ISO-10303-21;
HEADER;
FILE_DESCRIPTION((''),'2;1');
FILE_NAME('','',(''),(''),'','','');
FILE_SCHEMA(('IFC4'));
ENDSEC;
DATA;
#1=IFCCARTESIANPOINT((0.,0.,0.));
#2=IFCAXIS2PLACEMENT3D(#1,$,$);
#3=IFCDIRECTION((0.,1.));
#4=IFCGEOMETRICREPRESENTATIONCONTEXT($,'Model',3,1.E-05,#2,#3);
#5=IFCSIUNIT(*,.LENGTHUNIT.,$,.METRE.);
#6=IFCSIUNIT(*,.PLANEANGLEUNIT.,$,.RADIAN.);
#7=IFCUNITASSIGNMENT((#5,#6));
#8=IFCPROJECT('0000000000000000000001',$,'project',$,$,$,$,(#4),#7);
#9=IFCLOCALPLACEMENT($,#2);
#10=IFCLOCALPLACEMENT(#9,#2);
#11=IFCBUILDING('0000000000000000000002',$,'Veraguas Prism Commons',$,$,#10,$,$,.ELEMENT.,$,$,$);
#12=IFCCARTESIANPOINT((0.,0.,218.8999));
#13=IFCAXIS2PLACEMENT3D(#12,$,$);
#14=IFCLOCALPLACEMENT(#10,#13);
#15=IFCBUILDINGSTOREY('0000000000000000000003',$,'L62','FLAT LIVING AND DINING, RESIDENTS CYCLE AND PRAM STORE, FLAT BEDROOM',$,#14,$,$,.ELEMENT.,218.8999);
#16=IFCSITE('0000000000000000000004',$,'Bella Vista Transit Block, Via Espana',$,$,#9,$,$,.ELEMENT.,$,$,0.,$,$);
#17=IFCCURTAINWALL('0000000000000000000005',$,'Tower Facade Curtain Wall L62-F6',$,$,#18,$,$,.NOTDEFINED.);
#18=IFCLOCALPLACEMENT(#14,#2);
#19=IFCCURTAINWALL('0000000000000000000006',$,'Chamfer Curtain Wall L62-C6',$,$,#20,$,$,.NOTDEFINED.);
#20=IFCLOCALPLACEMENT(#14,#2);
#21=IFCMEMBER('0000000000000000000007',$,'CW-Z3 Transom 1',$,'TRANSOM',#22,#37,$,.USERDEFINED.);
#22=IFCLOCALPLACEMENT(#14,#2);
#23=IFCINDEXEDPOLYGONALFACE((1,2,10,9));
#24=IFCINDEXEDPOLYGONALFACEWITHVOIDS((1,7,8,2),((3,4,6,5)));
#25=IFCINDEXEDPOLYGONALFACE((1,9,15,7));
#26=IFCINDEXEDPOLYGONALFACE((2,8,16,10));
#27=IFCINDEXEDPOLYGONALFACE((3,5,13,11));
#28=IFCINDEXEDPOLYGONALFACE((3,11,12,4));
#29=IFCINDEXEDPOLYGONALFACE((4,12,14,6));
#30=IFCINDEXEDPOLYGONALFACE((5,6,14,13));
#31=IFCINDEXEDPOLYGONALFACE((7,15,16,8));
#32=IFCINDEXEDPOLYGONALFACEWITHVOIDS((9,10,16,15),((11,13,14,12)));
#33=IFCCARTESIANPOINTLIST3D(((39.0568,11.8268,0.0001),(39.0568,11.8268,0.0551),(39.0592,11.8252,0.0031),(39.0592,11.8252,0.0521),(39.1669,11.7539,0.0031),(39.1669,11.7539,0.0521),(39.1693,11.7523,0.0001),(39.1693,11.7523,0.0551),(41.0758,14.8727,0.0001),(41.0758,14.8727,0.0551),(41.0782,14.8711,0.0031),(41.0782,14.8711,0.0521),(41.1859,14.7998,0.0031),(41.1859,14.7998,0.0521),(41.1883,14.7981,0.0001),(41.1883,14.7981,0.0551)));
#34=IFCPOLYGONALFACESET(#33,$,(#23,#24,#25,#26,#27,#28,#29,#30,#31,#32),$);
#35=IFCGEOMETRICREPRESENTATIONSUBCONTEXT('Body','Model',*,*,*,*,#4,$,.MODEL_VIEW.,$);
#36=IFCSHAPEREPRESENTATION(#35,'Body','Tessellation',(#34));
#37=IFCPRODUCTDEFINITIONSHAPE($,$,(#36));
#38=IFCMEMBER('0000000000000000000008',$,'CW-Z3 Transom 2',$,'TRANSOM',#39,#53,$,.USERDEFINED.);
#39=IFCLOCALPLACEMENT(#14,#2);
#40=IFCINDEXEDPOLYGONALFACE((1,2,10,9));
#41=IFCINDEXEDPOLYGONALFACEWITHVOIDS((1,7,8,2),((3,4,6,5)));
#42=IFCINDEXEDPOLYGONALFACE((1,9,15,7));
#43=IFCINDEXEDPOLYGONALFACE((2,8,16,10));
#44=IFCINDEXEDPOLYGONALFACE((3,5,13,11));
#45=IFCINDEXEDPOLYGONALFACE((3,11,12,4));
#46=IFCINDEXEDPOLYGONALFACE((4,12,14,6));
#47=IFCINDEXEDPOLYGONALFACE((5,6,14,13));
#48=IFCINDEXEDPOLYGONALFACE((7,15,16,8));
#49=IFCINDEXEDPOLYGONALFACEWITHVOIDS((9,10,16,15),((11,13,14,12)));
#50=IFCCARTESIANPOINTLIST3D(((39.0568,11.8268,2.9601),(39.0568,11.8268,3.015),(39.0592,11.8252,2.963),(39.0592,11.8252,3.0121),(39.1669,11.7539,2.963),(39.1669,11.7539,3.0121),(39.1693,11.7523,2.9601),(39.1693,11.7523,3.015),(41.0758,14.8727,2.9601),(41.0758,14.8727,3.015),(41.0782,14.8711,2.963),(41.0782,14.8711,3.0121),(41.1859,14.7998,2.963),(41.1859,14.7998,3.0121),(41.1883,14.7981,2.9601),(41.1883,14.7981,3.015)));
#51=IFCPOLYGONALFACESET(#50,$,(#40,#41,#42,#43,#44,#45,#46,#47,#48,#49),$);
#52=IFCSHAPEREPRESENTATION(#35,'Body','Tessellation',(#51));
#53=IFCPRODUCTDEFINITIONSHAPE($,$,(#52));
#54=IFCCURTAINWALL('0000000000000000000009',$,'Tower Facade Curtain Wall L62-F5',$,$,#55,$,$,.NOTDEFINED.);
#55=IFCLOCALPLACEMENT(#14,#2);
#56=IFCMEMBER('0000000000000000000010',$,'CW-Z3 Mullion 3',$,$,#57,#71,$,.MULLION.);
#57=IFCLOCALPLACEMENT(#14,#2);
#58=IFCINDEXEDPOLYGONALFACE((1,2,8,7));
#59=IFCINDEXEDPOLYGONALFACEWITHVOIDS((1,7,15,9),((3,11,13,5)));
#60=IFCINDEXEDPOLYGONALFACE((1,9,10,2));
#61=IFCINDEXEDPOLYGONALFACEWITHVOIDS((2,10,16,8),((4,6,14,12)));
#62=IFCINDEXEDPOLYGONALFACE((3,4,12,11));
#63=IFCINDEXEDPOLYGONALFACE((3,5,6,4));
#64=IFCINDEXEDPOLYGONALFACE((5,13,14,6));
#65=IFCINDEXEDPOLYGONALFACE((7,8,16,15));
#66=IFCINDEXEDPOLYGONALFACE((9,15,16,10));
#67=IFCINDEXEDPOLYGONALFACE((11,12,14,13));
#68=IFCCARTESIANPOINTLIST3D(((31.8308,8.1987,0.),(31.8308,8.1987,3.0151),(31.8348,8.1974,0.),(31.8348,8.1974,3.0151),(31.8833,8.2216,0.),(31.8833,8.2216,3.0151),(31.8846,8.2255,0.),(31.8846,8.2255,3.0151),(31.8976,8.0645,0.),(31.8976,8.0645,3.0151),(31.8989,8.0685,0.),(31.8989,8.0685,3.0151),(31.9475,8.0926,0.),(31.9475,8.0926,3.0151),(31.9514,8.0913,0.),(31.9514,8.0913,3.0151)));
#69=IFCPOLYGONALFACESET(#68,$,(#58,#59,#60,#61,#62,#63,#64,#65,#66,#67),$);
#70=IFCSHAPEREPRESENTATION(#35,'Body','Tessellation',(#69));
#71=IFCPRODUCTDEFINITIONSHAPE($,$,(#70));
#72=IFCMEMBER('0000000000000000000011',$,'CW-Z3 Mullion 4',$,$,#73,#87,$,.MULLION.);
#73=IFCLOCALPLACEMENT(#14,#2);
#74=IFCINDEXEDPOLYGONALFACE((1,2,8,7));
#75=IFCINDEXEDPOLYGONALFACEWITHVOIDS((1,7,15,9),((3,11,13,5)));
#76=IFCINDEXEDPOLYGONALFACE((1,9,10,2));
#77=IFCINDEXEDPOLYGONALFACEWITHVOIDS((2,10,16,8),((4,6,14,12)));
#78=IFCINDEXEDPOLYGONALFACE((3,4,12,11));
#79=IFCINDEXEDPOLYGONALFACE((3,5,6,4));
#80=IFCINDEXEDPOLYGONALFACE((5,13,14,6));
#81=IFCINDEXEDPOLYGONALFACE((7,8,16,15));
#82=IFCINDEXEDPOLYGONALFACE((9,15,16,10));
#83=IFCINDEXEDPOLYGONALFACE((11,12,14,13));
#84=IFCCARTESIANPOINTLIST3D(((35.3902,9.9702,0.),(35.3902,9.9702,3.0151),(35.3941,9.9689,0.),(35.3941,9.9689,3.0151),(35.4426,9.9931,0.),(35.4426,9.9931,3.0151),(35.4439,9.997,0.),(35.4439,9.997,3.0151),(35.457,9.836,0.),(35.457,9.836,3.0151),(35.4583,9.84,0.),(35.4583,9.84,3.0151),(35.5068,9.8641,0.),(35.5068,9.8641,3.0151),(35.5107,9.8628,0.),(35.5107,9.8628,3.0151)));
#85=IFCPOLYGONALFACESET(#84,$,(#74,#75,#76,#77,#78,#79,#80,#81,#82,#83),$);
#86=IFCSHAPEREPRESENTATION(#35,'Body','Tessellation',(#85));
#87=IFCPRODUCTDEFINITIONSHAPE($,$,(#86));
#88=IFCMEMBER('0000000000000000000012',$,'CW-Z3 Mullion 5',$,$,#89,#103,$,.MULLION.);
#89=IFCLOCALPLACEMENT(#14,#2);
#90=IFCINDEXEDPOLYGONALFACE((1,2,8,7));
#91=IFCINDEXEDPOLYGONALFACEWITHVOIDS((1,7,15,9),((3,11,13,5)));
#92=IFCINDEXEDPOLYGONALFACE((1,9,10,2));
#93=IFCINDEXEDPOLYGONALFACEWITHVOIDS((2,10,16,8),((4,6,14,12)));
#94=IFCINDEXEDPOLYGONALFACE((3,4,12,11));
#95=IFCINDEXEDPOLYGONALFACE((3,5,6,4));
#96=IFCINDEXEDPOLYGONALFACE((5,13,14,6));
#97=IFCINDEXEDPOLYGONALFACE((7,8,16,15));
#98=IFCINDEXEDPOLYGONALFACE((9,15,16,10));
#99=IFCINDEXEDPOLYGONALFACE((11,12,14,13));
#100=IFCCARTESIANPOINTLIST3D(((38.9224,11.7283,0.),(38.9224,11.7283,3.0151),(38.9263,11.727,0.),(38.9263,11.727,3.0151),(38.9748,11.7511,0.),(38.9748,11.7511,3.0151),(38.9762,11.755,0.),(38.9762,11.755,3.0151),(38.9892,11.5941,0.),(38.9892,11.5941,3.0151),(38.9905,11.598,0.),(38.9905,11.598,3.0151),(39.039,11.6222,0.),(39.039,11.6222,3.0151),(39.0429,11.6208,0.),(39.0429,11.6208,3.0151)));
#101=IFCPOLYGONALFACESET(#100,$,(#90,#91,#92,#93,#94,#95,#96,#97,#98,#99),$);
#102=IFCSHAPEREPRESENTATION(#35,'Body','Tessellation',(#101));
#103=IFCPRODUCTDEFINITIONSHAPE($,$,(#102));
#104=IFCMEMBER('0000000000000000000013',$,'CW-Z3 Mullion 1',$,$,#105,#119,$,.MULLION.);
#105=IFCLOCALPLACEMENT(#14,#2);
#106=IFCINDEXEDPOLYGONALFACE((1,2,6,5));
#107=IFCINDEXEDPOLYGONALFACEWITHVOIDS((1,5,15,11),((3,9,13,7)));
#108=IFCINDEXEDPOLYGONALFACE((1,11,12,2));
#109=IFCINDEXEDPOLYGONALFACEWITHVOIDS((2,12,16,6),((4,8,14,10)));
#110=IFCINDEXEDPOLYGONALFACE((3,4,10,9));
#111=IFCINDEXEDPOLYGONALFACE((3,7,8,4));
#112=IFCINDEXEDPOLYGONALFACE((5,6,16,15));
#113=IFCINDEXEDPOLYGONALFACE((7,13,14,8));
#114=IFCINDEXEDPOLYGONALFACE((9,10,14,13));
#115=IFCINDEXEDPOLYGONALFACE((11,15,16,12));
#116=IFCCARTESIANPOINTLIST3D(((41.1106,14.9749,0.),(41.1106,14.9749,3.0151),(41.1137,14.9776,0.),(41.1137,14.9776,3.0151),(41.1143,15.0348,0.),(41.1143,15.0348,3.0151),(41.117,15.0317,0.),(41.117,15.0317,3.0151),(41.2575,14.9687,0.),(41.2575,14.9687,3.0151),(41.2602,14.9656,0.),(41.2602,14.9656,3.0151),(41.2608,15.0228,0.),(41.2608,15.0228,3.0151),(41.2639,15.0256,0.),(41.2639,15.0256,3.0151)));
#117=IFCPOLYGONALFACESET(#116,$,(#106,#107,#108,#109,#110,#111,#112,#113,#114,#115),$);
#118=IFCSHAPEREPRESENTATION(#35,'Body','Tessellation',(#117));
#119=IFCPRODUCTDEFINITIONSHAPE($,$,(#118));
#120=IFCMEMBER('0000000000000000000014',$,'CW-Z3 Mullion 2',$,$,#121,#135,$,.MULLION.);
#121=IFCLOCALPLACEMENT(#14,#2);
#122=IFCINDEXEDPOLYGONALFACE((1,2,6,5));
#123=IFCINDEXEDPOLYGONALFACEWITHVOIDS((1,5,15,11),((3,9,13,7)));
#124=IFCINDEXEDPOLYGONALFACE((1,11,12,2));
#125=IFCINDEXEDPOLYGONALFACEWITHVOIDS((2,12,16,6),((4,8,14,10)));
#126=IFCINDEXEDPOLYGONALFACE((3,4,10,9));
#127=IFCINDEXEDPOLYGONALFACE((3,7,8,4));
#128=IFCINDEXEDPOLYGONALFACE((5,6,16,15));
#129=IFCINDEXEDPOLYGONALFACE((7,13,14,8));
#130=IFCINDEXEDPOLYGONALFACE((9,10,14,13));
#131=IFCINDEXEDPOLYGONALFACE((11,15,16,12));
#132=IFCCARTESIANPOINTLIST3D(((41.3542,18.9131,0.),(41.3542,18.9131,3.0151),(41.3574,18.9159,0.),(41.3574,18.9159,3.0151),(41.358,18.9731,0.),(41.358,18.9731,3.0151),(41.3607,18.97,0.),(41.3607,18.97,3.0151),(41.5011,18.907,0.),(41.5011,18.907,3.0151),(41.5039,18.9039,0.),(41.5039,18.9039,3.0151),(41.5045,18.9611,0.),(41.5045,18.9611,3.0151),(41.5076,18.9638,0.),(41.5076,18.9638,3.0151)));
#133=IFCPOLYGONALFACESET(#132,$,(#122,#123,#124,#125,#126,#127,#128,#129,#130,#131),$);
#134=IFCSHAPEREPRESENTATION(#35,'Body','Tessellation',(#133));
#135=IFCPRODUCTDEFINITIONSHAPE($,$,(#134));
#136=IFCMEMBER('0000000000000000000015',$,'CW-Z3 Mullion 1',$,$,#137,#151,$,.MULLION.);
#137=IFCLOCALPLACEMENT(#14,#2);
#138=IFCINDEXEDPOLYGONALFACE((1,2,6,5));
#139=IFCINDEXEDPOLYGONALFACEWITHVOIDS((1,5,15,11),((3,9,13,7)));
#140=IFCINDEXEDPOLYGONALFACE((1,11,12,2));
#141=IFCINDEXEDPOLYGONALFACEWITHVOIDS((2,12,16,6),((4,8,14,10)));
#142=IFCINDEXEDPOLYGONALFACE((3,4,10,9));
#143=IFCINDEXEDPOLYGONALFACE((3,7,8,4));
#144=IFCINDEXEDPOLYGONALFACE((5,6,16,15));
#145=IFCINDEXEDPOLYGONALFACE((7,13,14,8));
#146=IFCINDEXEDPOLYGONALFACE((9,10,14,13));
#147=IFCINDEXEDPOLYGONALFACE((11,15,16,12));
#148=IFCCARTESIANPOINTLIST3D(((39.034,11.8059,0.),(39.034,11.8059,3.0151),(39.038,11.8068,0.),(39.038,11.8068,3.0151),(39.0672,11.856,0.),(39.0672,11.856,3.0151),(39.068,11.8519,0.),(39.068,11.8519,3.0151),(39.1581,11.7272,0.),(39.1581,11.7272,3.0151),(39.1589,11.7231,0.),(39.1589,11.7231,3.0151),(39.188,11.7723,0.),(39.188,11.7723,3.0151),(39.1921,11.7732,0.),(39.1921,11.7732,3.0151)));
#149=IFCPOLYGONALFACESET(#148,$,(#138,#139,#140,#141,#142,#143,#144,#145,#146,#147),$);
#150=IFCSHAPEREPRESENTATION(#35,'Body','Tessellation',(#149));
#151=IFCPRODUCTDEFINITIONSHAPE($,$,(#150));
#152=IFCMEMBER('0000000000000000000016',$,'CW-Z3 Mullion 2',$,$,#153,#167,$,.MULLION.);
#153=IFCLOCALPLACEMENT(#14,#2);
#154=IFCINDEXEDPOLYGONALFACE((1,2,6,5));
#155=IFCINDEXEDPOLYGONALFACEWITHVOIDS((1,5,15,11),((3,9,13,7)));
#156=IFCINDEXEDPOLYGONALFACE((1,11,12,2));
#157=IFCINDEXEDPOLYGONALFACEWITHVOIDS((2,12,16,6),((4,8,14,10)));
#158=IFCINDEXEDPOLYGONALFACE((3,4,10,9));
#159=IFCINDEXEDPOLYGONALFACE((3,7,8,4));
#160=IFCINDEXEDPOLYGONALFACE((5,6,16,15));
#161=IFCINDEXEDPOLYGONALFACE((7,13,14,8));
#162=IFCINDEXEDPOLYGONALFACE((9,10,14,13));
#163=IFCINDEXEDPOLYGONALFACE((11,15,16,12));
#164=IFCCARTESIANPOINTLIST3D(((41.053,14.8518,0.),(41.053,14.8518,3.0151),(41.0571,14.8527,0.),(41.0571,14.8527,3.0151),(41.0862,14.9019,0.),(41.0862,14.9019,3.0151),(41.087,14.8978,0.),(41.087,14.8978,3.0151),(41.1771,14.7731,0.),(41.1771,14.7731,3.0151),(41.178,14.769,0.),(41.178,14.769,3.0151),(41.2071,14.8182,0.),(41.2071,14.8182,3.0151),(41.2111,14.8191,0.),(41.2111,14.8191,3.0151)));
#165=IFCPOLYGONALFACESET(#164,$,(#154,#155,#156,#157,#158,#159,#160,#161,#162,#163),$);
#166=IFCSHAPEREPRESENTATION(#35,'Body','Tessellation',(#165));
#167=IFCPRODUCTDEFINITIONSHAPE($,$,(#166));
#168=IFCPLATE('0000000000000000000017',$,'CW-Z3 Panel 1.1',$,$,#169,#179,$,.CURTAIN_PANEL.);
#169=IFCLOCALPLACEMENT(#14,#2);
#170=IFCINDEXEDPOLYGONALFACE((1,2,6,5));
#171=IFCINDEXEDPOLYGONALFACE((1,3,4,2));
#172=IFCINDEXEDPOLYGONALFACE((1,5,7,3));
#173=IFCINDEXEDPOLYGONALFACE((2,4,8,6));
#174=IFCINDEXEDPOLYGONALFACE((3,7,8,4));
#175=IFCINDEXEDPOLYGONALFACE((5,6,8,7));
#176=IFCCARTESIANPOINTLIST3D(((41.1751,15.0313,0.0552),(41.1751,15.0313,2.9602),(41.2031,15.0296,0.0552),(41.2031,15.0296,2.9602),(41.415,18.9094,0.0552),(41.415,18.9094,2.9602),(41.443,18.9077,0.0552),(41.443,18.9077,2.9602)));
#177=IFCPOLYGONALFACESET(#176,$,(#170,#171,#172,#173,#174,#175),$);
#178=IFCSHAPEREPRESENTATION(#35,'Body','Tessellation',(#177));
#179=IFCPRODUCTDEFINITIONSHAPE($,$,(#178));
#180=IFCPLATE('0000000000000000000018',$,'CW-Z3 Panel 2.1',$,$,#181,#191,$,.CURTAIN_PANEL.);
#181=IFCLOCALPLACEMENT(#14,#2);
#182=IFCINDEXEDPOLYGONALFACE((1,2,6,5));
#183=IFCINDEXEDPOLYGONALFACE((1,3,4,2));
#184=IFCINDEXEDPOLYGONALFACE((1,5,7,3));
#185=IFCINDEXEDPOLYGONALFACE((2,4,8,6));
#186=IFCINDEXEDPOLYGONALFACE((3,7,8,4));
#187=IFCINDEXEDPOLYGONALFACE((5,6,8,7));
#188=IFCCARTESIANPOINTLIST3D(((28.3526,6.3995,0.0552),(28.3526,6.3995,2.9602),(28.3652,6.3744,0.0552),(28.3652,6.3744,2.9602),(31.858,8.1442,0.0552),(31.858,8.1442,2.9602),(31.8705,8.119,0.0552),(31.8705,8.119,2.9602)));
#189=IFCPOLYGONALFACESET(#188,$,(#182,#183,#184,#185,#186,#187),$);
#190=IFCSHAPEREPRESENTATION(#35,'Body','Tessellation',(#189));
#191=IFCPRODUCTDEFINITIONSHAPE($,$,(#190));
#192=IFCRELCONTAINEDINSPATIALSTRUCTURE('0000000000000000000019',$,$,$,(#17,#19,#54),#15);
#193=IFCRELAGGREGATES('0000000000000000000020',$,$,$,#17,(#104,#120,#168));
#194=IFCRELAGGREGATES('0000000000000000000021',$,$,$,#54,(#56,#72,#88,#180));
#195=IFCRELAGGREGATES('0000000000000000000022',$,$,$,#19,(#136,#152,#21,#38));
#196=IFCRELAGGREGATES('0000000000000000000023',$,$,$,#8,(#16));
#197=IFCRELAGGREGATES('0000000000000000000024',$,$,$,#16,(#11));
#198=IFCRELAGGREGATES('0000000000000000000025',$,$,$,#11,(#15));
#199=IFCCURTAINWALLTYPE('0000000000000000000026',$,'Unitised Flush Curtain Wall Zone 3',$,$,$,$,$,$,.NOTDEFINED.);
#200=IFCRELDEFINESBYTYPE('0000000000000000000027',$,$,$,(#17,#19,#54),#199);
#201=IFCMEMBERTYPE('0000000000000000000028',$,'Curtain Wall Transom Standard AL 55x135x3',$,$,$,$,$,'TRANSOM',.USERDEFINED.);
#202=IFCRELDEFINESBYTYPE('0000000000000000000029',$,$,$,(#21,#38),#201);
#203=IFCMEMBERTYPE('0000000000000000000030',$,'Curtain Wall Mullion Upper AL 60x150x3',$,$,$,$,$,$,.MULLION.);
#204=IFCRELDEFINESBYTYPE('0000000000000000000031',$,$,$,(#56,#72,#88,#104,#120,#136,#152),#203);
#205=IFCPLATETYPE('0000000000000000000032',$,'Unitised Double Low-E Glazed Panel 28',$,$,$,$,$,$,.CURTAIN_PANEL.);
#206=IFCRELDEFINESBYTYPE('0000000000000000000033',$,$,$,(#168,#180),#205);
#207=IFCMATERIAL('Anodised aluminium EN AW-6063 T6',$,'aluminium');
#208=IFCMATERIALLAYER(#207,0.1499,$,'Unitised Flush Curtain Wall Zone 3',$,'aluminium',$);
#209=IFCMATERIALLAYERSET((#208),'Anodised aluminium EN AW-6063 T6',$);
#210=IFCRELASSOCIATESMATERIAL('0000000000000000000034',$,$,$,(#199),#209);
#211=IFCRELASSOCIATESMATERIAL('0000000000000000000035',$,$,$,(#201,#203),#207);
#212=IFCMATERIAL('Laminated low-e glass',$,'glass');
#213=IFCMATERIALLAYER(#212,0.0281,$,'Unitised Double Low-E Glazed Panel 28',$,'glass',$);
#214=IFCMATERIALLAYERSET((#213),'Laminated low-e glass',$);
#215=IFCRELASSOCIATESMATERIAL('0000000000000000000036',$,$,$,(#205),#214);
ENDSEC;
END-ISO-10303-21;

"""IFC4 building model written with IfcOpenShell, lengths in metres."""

from ifc_helpers import new_model, si_unit, direction, frame, origin, origin_2d, place, context, subcontext, project, spatial, rectangle, hollow_rectangle, extrude, source, transform, mapped, material, layer, layer_set, material_profile, profile_set, type_object, element, aggregate, save


model = new_model("IFC4")

# Units and contexts
model_context = context("Model", 3, precision=1e-05, world=origin(), true_north=direction((0.0, 1.0)))
body_context = subcontext(model_context, "Body", "Model", "MODEL_VIEW")
ifc_project = project(units=[si_unit("LENGTHUNIT", "METRE"), si_unit("PLANEANGLEUNIT", "RADIAN")], contexts=[model_context])

# Site, building, storey
site_placement = place(None, origin())
site = spatial("IfcSite", under=ifc_project, at=site_placement, Name="Bella Vista Transit Block, Via Espana", CompositionType="ELEMENT", RefElevation=0.0)
building_placement = place(site_placement, origin())
building = spatial("IfcBuilding", under=site, at=building_placement, Name="Veraguas Prism Commons", CompositionType="ELEMENT")
storey_placement = place(building_placement, frame((0.0, 0.0, 218.8999)))
storey = spatial("IfcBuildingStorey", under=building, at=storey_placement, Name="L62", Description="FLAT LIVING AND DINING, RESIDENTS CYCLE AND PRAM STORE, FLAT BEDROOM", CompositionType="ELEMENT", Elevation=218.8999)

# Curtain walls, members
ifc_material_1 = material(Name="Anodised aluminium EN AW-6063 T6", Category="aluminium")
ifc_layer_1 = layer(ifc_material_1, 0.1499, Name="Unitised Flush Curtain Wall Zone 3", Category="aluminium")
ifc_layer_set_1 = layer_set([ifc_layer_1], Name="Anodised aluminium EN AW-6063 T6")
curtain_wall_type = type_object("IfcCurtainWallType", Name="Unitised Flush Curtain Wall Zone 3", PredefinedType="NOTDEFINED", material=ifc_layer_set_1)
curtain_wall_1_placement = place(storey_placement, origin())
curtain_wall_1 = element("IfcCurtainWall", 1, at=curtain_wall_1_placement, inside=storey, type_object=curtain_wall_type, Name="Tower Facade Curtain Wall L62-F6", PredefinedType="NOTDEFINED")
ifc_material_profile_1 = material_profile(ifc_material_1, hollow_rectangle(XDim=0.0549, YDim=0.135, WallThickness=0.0029, at=origin_2d()), Name="AL55X135X3")
ifc_profile_set_1 = profile_set([ifc_material_profile_1], Name="Anodised aluminium EN AW-6063 T6")
member_type_1 = type_object("IfcMemberType", Name="Curtain Wall Transom Standard AL 55x135x3", ElementType="TRANSOM", PredefinedType="USERDEFINED", material=ifc_profile_set_1)
curtain_wall_2_placement = place(storey_placement, origin())
curtain_wall_2 = element("IfcCurtainWall", 2, at=curtain_wall_2_placement, inside=storey, type_object=curtain_wall_type, Name="Chamfer Curtain Wall L62-C6", PredefinedType="NOTDEFINED")
shared_shape_1 = source(origin(), body_context, "Body", "SweptSolid", [
    extrude(hollow_rectangle(XDim=0.0549, YDim=0.135, WallThickness=0.0029, at=origin_2d()), origin(), (0.0, 0.0, 1.0), 3.6543),
])
member_1_placement = place(storey_placement, frame((39.113, 11.7896, 0.0276), z_axis=(0.552509, 0.833507, 0.0), x_axis=(0.0, 0.0, 1.0)))
member_1 = element("IfcMember", 3, at=member_1_placement, type_object=member_type_1, Name="CW-Z3 Transom 1", ObjectType="TRANSOM", PredefinedType="USERDEFINED", context=body_context, shape_type="MappedRepresentation", body=[
    mapped(shared_shape_1, transform((0.0, 0.0, 0.0), scale=1.0)),
])
member_2_placement = place(storey_placement, frame((39.113, 11.7896, 2.9875), z_axis=(0.552509, 0.833507, 0.0), x_axis=(0.0, 0.0, 1.0)))
member_2 = element("IfcMember", 4, at=member_2_placement, type_object=member_type_1, Name="CW-Z3 Transom 2", ObjectType="TRANSOM", PredefinedType="USERDEFINED", context=body_context, shape_type="MappedRepresentation", body=[
    mapped(shared_shape_1, transform((0.0, 0.0, 0.0), scale=1.0)),
])
curtain_wall_3_placement = place(storey_placement, origin())
curtain_wall_3 = element("IfcCurtainWall", 5, at=curtain_wall_3_placement, inside=storey, type_object=curtain_wall_type, Name="Tower Facade Curtain Wall L62-F5", PredefinedType="NOTDEFINED")
ifc_material_profile_2 = material_profile(ifc_material_1, hollow_rectangle(XDim=0.0601, YDim=0.1499, WallThickness=0.0029, at=origin_2d()), Name="AL60X150X3")
ifc_profile_set_2 = profile_set([ifc_material_profile_2], Name="Anodised aluminium EN AW-6063 T6")
member_type_2 = type_object("IfcMemberType", Name="Curtain Wall Mullion Upper AL 60x150x3", PredefinedType="MULLION", material=ifc_profile_set_2)
shared_shape_2 = source(origin(), body_context, "Body", "SweptSolid", [
    extrude(hollow_rectangle(XDim=0.0601, YDim=0.1499, WallThickness=0.0029, at=origin_2d()), origin(), (0.0, 0.0, 1.0), 3.0151),
])
member_3_placement = place(storey_placement, frame((31.8911, 8.145, 0.0), z_axis=(0.0, 0.0, 1.0), x_axis=(0.895243, 0.445578, 0.0)))
member_3 = element("IfcMember", 6, at=member_3_placement, type_object=member_type_2, Name="CW-Z3 Mullion 3", PredefinedType="MULLION", context=body_context, shape_type="MappedRepresentation", body=[
    mapped(shared_shape_2, transform((0.0, 0.0, 0.0), scale=1.0)),
])
member_4_placement = place(storey_placement, frame((35.4504, 9.9165, 0.0), z_axis=(0.0, 0.0, 1.0), x_axis=(0.895243, 0.445578, 0.0)))
member_4 = element("IfcMember", 7, at=member_4_placement, type_object=member_type_2, Name="CW-Z3 Mullion 4", PredefinedType="MULLION", context=body_context, shape_type="MappedRepresentation", body=[
    mapped(shared_shape_2, transform((0.0, 0.0, 0.0), scale=1.0)),
])
member_5_placement = place(storey_placement, frame((38.9827, 11.6746, 0.0), z_axis=(0.0, 0.0, 1.0), x_axis=(0.895243, 0.445578, 0.0)))
member_5 = element("IfcMember", 8, at=member_5_placement, type_object=member_type_2, Name="CW-Z3 Mullion 5", PredefinedType="MULLION", context=body_context, shape_type="MappedRepresentation", body=[
    mapped(shared_shape_2, transform((0.0, 0.0, 0.0), scale=1.0)),
])

# Members
member_6_placement = place(storey_placement, frame((41.1873, 15.0002, 0.0), z_axis=(0.0, 0.0, 1.0), x_axis=(0.061745, 0.998092, 0.0)))
member_6 = element("IfcMember", 9, at=member_6_placement, type_object=member_type_2, Name="CW-Z3 Mullion 1", PredefinedType="MULLION", context=body_context, shape_type="MappedRepresentation", body=[
    mapped(shared_shape_2, transform((0.0, 0.0, 0.0), scale=1.0)),
])
member_7_placement = place(storey_placement, frame((41.4309, 18.9385, 0.0), z_axis=(0.0, 0.0, 1.0), x_axis=(0.061745, 0.998092, 0.0)))
member_7 = element("IfcMember", 10, at=member_7_placement, type_object=member_type_2, Name="CW-Z3 Mullion 2", PredefinedType="MULLION", context=body_context, shape_type="MappedRepresentation", body=[
    mapped(shared_shape_2, transform((0.0, 0.0, 0.0), scale=1.0)),
])
member_8_placement = place(storey_placement, frame((39.113, 11.7896, 0.0), z_axis=(0.0, 0.0, 1.0), x_axis=(0.552512, 0.833505, 0.0)))
member_8 = element("IfcMember", 11, at=member_8_placement, type_object=member_type_2, Name="CW-Z3 Mullion 1", PredefinedType="MULLION", context=body_context, shape_type="MappedRepresentation", body=[
    mapped(shared_shape_2, transform((0.0, 0.0, 0.0), scale=1.0)),
])
member_9_placement = place(storey_placement, frame((41.1321, 14.8354, 0.0), z_axis=(0.0, 0.0, 1.0), x_axis=(0.552512, 0.833505, 0.0)))
member_9 = element("IfcMember", 12, at=member_9_placement, type_object=member_type_2, Name="CW-Z3 Mullion 2", PredefinedType="MULLION", context=body_context, shape_type="MappedRepresentation", body=[
    mapped(shared_shape_2, transform((0.0, 0.0, 0.0), scale=1.0)),
])

# Plates
ifc_material_2 = material(Name="Laminated low-e glass", Category="glass")
ifc_layer_2 = layer(ifc_material_2, 0.0281, Name="Unitised Double Low-E Glazed Panel 28", Category="glass")
ifc_layer_set_2 = layer_set([ifc_layer_2], Name="Laminated low-e glass")
plate_type = type_object("IfcPlateType", Name="Unitised Double Low-E Glazed Panel 28", PredefinedType="CURTAIN_PANEL", material=ifc_layer_set_2)
shared_shape_3 = source(origin(), body_context, "Body", "SweptSolid", [
    extrude(rectangle(XDim=3.8855, YDim=0.0281, at=origin_2d()), origin(), (0.0, 0.0, 1.0), 2.905),
])
plate_1_placement = place(storey_placement, frame((41.3091, 16.9695, 0.0552), z_axis=(0.0, 0.0, 1.0), x_axis=(0.061745, 0.998092, 0.0)))
plate_1 = element("IfcPlate", 13, at=plate_1_placement, type_object=plate_type, Name="CW-Z3 Panel 1.1", PredefinedType="CURTAIN_PANEL", context=body_context, shape_type="MappedRepresentation", body=[
    mapped(shared_shape_3, transform((0.0, 0.0, 0.0), scale=1.0)),
])
shared_shape_4 = source(origin(), body_context, "Body", "SweptSolid", [
    extrude(rectangle(XDim=3.9155, YDim=0.0281, at=origin_2d()), origin(), (0.0, 0.0, 1.0), 2.905),
])
plate_2_placement = place(storey_placement, frame((30.1116, 7.2593, 0.0552), z_axis=(0.0, 0.0, 1.0), x_axis=(0.895243, 0.445578, 0.0)))
plate_2 = element("IfcPlate", 14, at=plate_2_placement, type_object=plate_type, Name="CW-Z3 Panel 2.1", PredefinedType="CURTAIN_PANEL", context=body_context, shape_type="MappedRepresentation", body=[
    mapped(shared_shape_4, transform((0.0, 0.0, 0.0), scale=1.0)),
])
aggregate(curtain_wall_1, [member_6, member_7, plate_1])
aggregate(curtain_wall_3, [member_3, member_4, member_5, plate_2])
aggregate(curtain_wall_2, [member_8, member_9, member_1, member_2])

save(model, "model.ifc")
